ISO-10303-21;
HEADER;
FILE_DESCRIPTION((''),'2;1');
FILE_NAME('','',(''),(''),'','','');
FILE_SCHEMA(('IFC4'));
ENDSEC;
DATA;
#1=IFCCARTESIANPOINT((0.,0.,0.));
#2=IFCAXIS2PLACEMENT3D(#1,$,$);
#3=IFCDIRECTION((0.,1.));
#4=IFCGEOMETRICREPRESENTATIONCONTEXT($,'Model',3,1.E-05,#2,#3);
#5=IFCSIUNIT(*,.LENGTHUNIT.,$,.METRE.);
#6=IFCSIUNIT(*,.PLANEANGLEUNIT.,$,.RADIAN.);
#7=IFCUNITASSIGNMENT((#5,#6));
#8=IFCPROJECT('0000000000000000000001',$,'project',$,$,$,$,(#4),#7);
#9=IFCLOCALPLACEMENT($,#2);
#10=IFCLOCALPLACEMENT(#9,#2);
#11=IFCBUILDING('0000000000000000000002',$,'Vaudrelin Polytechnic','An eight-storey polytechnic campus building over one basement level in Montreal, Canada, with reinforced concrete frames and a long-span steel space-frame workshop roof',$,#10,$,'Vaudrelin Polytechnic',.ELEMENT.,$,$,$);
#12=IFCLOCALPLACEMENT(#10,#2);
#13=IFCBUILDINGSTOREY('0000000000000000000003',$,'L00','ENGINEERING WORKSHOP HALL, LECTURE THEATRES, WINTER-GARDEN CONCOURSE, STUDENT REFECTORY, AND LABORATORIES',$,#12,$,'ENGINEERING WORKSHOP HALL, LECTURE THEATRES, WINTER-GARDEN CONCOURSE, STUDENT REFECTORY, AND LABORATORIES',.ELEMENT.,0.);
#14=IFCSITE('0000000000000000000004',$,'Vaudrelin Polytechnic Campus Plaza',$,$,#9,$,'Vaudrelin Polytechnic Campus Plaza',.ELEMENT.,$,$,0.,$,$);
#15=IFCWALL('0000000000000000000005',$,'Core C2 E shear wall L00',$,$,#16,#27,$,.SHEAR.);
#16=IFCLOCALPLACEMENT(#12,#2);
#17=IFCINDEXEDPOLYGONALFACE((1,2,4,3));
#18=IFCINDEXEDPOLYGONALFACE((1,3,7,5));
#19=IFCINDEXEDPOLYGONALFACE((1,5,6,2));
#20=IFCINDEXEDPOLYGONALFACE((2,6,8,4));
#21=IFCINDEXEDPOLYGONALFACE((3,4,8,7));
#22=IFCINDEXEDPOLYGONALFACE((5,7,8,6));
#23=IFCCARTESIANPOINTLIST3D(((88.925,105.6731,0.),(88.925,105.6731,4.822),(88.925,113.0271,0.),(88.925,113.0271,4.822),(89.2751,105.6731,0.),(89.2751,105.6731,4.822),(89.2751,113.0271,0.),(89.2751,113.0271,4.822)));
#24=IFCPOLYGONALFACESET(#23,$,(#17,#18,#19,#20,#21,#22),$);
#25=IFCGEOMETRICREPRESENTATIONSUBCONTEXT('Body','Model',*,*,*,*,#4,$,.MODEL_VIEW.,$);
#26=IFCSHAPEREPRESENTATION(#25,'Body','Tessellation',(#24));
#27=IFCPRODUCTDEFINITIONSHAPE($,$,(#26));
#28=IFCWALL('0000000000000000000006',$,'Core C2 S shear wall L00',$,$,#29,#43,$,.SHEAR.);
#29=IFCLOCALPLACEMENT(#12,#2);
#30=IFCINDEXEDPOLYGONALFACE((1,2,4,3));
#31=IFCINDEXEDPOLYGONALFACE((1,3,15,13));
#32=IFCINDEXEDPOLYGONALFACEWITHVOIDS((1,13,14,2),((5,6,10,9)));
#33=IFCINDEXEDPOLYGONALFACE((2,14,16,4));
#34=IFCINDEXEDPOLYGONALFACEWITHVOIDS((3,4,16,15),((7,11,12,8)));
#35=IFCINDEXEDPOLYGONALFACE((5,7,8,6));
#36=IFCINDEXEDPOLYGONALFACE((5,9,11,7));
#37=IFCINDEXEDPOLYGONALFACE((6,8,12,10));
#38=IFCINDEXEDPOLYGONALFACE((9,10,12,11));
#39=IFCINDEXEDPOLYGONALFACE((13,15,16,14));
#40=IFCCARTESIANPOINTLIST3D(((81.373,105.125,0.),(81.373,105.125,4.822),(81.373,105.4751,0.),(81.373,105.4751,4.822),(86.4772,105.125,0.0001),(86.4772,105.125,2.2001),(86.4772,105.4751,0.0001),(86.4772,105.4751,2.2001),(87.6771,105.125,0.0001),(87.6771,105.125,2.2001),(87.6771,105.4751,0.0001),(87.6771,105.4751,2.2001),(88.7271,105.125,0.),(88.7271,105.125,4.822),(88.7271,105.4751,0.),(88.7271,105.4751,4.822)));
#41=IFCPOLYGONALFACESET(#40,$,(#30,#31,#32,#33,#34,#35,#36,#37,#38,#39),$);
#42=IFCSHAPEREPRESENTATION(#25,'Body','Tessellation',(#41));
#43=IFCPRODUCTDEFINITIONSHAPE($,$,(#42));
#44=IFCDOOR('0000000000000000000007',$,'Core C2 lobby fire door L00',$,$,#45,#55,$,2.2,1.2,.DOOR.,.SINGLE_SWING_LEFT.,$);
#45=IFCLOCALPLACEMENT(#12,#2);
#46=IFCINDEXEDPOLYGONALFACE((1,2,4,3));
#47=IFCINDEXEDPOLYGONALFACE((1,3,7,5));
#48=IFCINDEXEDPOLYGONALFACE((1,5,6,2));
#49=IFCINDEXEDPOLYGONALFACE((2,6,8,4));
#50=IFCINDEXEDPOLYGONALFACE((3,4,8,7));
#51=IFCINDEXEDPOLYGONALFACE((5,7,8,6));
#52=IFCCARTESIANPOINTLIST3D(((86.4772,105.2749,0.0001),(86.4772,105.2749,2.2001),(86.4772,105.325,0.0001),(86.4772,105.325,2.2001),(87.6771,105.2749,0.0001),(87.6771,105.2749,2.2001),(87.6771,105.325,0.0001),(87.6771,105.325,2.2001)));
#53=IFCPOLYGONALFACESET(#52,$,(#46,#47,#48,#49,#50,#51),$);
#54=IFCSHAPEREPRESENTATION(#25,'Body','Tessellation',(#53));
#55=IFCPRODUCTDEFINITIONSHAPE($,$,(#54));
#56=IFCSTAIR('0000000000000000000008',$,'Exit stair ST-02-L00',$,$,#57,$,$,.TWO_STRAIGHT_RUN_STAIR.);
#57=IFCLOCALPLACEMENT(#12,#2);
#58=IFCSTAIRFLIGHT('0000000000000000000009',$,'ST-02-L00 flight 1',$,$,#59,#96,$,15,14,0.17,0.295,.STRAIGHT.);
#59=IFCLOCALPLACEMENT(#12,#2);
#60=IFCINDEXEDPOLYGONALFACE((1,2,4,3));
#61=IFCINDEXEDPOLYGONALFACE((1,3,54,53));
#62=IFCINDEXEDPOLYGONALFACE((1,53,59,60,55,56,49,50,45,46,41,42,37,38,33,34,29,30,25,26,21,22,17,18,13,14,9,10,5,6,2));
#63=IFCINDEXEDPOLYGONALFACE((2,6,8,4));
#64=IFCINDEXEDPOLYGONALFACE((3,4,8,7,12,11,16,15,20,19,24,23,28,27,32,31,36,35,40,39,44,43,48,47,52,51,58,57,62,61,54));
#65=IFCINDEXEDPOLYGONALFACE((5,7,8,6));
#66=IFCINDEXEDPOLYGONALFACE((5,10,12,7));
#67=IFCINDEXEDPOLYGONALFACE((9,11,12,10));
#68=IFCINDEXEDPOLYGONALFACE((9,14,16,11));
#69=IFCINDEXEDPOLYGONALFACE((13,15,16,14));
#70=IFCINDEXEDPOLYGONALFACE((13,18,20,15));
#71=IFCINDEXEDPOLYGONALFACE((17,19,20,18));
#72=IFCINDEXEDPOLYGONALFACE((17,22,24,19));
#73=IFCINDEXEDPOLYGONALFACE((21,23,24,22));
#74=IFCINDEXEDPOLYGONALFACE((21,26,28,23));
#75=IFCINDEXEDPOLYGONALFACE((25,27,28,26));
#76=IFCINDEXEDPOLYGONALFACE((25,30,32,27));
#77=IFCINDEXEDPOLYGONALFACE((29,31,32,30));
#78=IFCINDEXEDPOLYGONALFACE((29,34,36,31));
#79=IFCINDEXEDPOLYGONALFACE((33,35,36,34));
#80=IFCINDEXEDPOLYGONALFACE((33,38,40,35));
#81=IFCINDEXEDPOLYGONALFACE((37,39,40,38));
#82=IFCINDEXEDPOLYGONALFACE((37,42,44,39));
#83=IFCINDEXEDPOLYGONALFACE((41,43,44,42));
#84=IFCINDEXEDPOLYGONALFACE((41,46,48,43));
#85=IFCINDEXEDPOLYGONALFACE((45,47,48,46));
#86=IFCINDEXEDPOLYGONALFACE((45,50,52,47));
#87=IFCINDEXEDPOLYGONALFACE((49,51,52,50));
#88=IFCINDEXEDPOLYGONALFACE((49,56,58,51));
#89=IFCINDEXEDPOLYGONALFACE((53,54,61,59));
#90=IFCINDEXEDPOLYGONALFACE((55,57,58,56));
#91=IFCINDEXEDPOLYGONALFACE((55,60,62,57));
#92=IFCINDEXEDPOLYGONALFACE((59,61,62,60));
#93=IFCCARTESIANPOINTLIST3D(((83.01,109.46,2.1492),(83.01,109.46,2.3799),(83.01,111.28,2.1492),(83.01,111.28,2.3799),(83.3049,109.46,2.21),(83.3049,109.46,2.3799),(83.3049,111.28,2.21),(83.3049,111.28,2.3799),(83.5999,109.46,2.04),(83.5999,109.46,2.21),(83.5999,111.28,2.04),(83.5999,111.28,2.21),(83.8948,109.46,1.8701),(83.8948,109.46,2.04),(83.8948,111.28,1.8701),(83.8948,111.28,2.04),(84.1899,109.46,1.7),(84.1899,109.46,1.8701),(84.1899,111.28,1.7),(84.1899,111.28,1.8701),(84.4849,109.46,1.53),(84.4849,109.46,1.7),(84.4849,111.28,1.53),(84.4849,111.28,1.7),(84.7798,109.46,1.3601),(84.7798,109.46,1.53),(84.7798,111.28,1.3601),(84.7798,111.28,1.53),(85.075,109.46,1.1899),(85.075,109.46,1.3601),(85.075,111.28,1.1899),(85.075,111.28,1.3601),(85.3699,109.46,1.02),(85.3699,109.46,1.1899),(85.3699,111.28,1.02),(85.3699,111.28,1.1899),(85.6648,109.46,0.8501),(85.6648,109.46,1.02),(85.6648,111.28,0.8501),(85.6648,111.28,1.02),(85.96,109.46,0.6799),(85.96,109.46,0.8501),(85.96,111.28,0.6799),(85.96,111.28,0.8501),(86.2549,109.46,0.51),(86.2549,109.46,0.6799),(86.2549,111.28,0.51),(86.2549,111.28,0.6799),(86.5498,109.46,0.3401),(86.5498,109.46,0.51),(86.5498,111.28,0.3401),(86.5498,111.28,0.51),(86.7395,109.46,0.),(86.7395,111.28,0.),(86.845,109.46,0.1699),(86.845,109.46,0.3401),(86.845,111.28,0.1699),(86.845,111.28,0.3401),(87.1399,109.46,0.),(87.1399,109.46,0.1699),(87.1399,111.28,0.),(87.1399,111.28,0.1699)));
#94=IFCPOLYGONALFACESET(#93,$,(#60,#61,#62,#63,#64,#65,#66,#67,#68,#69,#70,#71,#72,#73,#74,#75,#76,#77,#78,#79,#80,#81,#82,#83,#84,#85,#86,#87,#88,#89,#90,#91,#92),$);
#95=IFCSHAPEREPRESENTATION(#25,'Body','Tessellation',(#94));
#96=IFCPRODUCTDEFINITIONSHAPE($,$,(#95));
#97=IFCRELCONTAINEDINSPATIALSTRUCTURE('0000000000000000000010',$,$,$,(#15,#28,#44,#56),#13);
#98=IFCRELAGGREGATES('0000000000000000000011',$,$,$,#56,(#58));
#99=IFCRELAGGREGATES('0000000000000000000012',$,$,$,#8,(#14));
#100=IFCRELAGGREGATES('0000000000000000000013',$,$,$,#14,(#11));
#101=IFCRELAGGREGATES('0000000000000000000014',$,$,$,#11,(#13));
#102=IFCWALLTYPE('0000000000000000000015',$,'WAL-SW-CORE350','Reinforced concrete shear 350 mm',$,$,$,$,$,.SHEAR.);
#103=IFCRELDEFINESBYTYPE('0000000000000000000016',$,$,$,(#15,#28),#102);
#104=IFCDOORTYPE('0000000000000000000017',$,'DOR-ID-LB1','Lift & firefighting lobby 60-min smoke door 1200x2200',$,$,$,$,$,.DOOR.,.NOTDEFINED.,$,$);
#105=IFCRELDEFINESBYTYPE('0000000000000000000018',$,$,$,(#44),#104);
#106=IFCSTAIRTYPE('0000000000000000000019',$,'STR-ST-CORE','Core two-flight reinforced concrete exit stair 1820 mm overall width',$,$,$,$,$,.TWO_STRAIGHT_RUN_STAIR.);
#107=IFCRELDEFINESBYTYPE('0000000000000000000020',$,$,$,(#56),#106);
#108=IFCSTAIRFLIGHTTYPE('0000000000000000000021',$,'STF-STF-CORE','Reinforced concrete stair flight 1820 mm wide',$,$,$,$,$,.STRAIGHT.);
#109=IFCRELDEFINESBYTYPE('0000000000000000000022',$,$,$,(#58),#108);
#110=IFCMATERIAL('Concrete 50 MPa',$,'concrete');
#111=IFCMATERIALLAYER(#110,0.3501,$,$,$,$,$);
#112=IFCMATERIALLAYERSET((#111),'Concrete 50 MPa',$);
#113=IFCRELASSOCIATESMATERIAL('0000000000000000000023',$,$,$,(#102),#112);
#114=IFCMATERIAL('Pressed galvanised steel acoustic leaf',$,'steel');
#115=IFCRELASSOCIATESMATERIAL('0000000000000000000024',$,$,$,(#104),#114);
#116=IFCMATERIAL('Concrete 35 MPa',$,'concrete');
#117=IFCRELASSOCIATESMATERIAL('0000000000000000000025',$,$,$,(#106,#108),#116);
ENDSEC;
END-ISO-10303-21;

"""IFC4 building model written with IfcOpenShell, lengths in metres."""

from ifc_helpers import new_model, si_unit, direction, frame, frame_2d, origin, place, context, subcontext, project, spatial, polyline, rectangle, outline, extrude, material, layer, layer_set, type_object, element, fill, aggregate, save


model = new_model("IFC4")

# Units and contexts
model_context = context("Model", 3, precision=1e-05, world=origin(), true_north=direction((0.0, 1.0)))
body_context = subcontext(model_context, "Body", "Model", "MODEL_VIEW")
ifc_project = project(units=[si_unit("LENGTHUNIT", "METRE"), si_unit("PLANEANGLEUNIT", "RADIAN")], contexts=[model_context])

# Site, building, storey
site_placement = place(None, origin())
site = spatial("IfcSite", under=ifc_project, at=site_placement, Name="Vaudrelin Polytechnic Campus Plaza", LongName="Vaudrelin Polytechnic Campus Plaza", CompositionType="ELEMENT", RefElevation=0.0)
building_placement = place(site_placement, origin())
building = spatial("IfcBuilding", under=site, at=building_placement, Name="Vaudrelin Polytechnic", Description="An eight-storey polytechnic campus building over one basement level in Montreal, Canada, with reinforced concrete frames and a long-span steel space-frame workshop roof", LongName="Vaudrelin Polytechnic", CompositionType="ELEMENT")
storey_placement = place(building_placement, origin())
storey = spatial("IfcBuildingStorey", under=building, at=storey_placement, Name="L00", Description="ENGINEERING WORKSHOP HALL, LECTURE THEATRES, WINTER-GARDEN CONCOURSE, STUDENT REFECTORY, AND LABORATORIES", LongName="ENGINEERING WORKSHOP HALL, LECTURE THEATRES, WINTER-GARDEN CONCOURSE, STUDENT REFECTORY, AND LABORATORIES", CompositionType="ELEMENT", Elevation=0.0)

# Shared definitions
ifc_material_1 = material(Name="Concrete 50 MPa", Category="concrete")

# Shared definitions
ifc_material_2 = material(Name="Pressed galvanised steel acoustic leaf", Category="steel")

# Wall
ifc_layer_1 = layer(ifc_material_1, 0.3501)
ifc_layer_set_1 = layer_set([ifc_layer_1], Name="Concrete 50 MPa")
wall_type_1 = type_object("IfcWallType", Name="WAL-SW-CORE350", Description="Reinforced concrete shear 350 mm", PredefinedType="SHEAR", material=ifc_layer_set_1)
wall_1_placement = place(storey_placement, frame((89.1001, 105.6731, 0.0), z_axis=(0.0, 0.0, 1.0), x_axis=(0.0, 1.0, 0.0)))
element("IfcWall", 1, at=wall_1_placement, inside=storey, type_object=wall_type_1, Name="Core C2 E shear wall L00", PredefinedType="SHEAR", context=body_context, shape_type="SweptSolid", body=[
    extrude(rectangle(XDim=7.354, YDim=0.3501, at=frame_2d((3.677, 0.0))), origin(), (0.0, 0.0, 1.0), 4.822),
])

# Wall, opening, door
wall_2_placement = place(storey_placement, frame((81.373, 105.3, 0.0), z_axis=(0.0, 0.0, 1.0), x_axis=(1.0, 0.0, 0.0)))
wall_2 = element("IfcWall", 2, at=wall_2_placement, inside=storey, type_object=wall_type_1, Name="Core C2 S shear wall L00", PredefinedType="SHEAR", context=body_context, shape_type="SweptSolid", body=[
    extrude(rectangle(XDim=7.354, YDim=0.3501, at=frame_2d((3.677, 0.0))), origin(), (0.0, 0.0, 1.0), 4.822),
])
opening_1_placement = place(wall_2_placement, frame((5.104, 0.0, 0.0)))
opening_1 = element("IfcOpeningElement", 3, at=opening_1_placement, cuts=wall_2, PredefinedType="OPENING", context=body_context, shape_type="SweptSolid", body=[
    extrude(rectangle(XDim=1.2, YDim=2.2, at=frame_2d((0.6001, 1.1001))), frame((0.0, 0.1851, 0.0), z_axis=(0.0, -1.0, 0.0), x_axis=(1.0, 0.0, 0.0)), (0.0, 0.0, 1.0), 0.3701),
])
door_type_1 = type_object("IfcDoorType", Name="DOR-ID-LB1", Description="Lift & firefighting lobby 60-min smoke door 1200x2200", OperationType="NOTDEFINED", PredefinedType="DOOR", material=ifc_material_2)
door_1_placement = place(opening_1_placement, origin())
door_1 = element("IfcDoor", 4, at=door_1_placement, inside=storey, type_object=door_type_1, Name="Core C2 lobby fire door L00", OperationType="SINGLE_SWING_LEFT", OverallHeight=2.2, OverallWidth=1.2, PredefinedType="DOOR", context=body_context, shape_type="SweptSolid", body=[
    extrude(rectangle(XDim=1.2, YDim=2.2, at=frame_2d((0.6001, 1.1001))), frame((0.0, 0.0249, 0.0), z_axis=(0.0, -1.0, 0.0), x_axis=(1.0, 0.0, 0.0)), (0.0, 0.0, 1.0), 0.05),
])
fill(opening_1, door_1)

# Stair, stair flight
ifc_material_3 = material(Name="Concrete 35 MPa", Category="concrete")
stair_type = type_object("IfcStairType", Name="STR-ST-CORE", Description="Core two-flight reinforced concrete exit stair 1820 mm overall width", PredefinedType="TWO_STRAIGHT_RUN_STAIR", material=ifc_material_3)
stair_placement = place(storey_placement, origin())
stair = element("IfcStair", 5, at=stair_placement, inside=storey, type_object=stair_type, Name="Exit stair ST-02-L00", PredefinedType="TWO_STRAIGHT_RUN_STAIR")
stair_flight_type = type_object("IfcStairFlightType", Name="STF-STF-CORE", Description="Reinforced concrete stair flight 1820 mm wide", PredefinedType="STRAIGHT", material=ifc_material_3)
stair_flight_placement = place(storey_placement, frame((87.1399, 110.3701, 0.0), z_axis=(0.0, 0.0, 1.0), x_axis=(-1.0, 0.0, 0.0)))
stair_flight = element("IfcStairFlight", 6, at=stair_flight_placement, type_object=stair_flight_type, Name="ST-02-L00 flight 1", NumberOfRisers=15, NumberOfTreads=14, PredefinedType="STRAIGHT", RiserHeight=0.17, TreadLength=0.295, context=body_context, shape_type="SweptSolid", body=[
    extrude(outline(polyline([(0.0, 0.0), (0.0, 0.1699), (0.2949, 0.1699), (0.2949, 0.3401), (0.5901, 0.3401), (0.5901, 0.51), (0.885, 0.51), (0.885, 0.6799), (1.1799, 0.6799), (1.1799, 0.8501), (1.4751, 0.8501), (1.4751, 1.02), (1.77, 1.02), (1.77, 1.1899), (2.0649, 1.1899), (2.0649, 1.3601), (2.3601, 1.3601), (2.3601, 1.53), (2.655, 1.53), (2.655, 1.7), (2.95, 1.7), (2.95, 1.8701), (3.2451, 1.8701), (3.2451, 2.04), (3.54, 2.04), (3.54, 2.21), (3.835, 2.21), (3.835, 2.3799), (4.1299, 2.3799), (4.1299, 2.55), (4.1299, 2.1492), (0.4004, 0.0), (0.0, 0.0)])), frame((0.0, 0.9102, 0.0), z_axis=(0.0, -1.0, 0.0), x_axis=(1.0, 0.0, 0.0)), (0.0, 0.0, 1.0), 1.8201),
])
aggregate(stair, [stair_flight])

save(model, "model.ifc")
